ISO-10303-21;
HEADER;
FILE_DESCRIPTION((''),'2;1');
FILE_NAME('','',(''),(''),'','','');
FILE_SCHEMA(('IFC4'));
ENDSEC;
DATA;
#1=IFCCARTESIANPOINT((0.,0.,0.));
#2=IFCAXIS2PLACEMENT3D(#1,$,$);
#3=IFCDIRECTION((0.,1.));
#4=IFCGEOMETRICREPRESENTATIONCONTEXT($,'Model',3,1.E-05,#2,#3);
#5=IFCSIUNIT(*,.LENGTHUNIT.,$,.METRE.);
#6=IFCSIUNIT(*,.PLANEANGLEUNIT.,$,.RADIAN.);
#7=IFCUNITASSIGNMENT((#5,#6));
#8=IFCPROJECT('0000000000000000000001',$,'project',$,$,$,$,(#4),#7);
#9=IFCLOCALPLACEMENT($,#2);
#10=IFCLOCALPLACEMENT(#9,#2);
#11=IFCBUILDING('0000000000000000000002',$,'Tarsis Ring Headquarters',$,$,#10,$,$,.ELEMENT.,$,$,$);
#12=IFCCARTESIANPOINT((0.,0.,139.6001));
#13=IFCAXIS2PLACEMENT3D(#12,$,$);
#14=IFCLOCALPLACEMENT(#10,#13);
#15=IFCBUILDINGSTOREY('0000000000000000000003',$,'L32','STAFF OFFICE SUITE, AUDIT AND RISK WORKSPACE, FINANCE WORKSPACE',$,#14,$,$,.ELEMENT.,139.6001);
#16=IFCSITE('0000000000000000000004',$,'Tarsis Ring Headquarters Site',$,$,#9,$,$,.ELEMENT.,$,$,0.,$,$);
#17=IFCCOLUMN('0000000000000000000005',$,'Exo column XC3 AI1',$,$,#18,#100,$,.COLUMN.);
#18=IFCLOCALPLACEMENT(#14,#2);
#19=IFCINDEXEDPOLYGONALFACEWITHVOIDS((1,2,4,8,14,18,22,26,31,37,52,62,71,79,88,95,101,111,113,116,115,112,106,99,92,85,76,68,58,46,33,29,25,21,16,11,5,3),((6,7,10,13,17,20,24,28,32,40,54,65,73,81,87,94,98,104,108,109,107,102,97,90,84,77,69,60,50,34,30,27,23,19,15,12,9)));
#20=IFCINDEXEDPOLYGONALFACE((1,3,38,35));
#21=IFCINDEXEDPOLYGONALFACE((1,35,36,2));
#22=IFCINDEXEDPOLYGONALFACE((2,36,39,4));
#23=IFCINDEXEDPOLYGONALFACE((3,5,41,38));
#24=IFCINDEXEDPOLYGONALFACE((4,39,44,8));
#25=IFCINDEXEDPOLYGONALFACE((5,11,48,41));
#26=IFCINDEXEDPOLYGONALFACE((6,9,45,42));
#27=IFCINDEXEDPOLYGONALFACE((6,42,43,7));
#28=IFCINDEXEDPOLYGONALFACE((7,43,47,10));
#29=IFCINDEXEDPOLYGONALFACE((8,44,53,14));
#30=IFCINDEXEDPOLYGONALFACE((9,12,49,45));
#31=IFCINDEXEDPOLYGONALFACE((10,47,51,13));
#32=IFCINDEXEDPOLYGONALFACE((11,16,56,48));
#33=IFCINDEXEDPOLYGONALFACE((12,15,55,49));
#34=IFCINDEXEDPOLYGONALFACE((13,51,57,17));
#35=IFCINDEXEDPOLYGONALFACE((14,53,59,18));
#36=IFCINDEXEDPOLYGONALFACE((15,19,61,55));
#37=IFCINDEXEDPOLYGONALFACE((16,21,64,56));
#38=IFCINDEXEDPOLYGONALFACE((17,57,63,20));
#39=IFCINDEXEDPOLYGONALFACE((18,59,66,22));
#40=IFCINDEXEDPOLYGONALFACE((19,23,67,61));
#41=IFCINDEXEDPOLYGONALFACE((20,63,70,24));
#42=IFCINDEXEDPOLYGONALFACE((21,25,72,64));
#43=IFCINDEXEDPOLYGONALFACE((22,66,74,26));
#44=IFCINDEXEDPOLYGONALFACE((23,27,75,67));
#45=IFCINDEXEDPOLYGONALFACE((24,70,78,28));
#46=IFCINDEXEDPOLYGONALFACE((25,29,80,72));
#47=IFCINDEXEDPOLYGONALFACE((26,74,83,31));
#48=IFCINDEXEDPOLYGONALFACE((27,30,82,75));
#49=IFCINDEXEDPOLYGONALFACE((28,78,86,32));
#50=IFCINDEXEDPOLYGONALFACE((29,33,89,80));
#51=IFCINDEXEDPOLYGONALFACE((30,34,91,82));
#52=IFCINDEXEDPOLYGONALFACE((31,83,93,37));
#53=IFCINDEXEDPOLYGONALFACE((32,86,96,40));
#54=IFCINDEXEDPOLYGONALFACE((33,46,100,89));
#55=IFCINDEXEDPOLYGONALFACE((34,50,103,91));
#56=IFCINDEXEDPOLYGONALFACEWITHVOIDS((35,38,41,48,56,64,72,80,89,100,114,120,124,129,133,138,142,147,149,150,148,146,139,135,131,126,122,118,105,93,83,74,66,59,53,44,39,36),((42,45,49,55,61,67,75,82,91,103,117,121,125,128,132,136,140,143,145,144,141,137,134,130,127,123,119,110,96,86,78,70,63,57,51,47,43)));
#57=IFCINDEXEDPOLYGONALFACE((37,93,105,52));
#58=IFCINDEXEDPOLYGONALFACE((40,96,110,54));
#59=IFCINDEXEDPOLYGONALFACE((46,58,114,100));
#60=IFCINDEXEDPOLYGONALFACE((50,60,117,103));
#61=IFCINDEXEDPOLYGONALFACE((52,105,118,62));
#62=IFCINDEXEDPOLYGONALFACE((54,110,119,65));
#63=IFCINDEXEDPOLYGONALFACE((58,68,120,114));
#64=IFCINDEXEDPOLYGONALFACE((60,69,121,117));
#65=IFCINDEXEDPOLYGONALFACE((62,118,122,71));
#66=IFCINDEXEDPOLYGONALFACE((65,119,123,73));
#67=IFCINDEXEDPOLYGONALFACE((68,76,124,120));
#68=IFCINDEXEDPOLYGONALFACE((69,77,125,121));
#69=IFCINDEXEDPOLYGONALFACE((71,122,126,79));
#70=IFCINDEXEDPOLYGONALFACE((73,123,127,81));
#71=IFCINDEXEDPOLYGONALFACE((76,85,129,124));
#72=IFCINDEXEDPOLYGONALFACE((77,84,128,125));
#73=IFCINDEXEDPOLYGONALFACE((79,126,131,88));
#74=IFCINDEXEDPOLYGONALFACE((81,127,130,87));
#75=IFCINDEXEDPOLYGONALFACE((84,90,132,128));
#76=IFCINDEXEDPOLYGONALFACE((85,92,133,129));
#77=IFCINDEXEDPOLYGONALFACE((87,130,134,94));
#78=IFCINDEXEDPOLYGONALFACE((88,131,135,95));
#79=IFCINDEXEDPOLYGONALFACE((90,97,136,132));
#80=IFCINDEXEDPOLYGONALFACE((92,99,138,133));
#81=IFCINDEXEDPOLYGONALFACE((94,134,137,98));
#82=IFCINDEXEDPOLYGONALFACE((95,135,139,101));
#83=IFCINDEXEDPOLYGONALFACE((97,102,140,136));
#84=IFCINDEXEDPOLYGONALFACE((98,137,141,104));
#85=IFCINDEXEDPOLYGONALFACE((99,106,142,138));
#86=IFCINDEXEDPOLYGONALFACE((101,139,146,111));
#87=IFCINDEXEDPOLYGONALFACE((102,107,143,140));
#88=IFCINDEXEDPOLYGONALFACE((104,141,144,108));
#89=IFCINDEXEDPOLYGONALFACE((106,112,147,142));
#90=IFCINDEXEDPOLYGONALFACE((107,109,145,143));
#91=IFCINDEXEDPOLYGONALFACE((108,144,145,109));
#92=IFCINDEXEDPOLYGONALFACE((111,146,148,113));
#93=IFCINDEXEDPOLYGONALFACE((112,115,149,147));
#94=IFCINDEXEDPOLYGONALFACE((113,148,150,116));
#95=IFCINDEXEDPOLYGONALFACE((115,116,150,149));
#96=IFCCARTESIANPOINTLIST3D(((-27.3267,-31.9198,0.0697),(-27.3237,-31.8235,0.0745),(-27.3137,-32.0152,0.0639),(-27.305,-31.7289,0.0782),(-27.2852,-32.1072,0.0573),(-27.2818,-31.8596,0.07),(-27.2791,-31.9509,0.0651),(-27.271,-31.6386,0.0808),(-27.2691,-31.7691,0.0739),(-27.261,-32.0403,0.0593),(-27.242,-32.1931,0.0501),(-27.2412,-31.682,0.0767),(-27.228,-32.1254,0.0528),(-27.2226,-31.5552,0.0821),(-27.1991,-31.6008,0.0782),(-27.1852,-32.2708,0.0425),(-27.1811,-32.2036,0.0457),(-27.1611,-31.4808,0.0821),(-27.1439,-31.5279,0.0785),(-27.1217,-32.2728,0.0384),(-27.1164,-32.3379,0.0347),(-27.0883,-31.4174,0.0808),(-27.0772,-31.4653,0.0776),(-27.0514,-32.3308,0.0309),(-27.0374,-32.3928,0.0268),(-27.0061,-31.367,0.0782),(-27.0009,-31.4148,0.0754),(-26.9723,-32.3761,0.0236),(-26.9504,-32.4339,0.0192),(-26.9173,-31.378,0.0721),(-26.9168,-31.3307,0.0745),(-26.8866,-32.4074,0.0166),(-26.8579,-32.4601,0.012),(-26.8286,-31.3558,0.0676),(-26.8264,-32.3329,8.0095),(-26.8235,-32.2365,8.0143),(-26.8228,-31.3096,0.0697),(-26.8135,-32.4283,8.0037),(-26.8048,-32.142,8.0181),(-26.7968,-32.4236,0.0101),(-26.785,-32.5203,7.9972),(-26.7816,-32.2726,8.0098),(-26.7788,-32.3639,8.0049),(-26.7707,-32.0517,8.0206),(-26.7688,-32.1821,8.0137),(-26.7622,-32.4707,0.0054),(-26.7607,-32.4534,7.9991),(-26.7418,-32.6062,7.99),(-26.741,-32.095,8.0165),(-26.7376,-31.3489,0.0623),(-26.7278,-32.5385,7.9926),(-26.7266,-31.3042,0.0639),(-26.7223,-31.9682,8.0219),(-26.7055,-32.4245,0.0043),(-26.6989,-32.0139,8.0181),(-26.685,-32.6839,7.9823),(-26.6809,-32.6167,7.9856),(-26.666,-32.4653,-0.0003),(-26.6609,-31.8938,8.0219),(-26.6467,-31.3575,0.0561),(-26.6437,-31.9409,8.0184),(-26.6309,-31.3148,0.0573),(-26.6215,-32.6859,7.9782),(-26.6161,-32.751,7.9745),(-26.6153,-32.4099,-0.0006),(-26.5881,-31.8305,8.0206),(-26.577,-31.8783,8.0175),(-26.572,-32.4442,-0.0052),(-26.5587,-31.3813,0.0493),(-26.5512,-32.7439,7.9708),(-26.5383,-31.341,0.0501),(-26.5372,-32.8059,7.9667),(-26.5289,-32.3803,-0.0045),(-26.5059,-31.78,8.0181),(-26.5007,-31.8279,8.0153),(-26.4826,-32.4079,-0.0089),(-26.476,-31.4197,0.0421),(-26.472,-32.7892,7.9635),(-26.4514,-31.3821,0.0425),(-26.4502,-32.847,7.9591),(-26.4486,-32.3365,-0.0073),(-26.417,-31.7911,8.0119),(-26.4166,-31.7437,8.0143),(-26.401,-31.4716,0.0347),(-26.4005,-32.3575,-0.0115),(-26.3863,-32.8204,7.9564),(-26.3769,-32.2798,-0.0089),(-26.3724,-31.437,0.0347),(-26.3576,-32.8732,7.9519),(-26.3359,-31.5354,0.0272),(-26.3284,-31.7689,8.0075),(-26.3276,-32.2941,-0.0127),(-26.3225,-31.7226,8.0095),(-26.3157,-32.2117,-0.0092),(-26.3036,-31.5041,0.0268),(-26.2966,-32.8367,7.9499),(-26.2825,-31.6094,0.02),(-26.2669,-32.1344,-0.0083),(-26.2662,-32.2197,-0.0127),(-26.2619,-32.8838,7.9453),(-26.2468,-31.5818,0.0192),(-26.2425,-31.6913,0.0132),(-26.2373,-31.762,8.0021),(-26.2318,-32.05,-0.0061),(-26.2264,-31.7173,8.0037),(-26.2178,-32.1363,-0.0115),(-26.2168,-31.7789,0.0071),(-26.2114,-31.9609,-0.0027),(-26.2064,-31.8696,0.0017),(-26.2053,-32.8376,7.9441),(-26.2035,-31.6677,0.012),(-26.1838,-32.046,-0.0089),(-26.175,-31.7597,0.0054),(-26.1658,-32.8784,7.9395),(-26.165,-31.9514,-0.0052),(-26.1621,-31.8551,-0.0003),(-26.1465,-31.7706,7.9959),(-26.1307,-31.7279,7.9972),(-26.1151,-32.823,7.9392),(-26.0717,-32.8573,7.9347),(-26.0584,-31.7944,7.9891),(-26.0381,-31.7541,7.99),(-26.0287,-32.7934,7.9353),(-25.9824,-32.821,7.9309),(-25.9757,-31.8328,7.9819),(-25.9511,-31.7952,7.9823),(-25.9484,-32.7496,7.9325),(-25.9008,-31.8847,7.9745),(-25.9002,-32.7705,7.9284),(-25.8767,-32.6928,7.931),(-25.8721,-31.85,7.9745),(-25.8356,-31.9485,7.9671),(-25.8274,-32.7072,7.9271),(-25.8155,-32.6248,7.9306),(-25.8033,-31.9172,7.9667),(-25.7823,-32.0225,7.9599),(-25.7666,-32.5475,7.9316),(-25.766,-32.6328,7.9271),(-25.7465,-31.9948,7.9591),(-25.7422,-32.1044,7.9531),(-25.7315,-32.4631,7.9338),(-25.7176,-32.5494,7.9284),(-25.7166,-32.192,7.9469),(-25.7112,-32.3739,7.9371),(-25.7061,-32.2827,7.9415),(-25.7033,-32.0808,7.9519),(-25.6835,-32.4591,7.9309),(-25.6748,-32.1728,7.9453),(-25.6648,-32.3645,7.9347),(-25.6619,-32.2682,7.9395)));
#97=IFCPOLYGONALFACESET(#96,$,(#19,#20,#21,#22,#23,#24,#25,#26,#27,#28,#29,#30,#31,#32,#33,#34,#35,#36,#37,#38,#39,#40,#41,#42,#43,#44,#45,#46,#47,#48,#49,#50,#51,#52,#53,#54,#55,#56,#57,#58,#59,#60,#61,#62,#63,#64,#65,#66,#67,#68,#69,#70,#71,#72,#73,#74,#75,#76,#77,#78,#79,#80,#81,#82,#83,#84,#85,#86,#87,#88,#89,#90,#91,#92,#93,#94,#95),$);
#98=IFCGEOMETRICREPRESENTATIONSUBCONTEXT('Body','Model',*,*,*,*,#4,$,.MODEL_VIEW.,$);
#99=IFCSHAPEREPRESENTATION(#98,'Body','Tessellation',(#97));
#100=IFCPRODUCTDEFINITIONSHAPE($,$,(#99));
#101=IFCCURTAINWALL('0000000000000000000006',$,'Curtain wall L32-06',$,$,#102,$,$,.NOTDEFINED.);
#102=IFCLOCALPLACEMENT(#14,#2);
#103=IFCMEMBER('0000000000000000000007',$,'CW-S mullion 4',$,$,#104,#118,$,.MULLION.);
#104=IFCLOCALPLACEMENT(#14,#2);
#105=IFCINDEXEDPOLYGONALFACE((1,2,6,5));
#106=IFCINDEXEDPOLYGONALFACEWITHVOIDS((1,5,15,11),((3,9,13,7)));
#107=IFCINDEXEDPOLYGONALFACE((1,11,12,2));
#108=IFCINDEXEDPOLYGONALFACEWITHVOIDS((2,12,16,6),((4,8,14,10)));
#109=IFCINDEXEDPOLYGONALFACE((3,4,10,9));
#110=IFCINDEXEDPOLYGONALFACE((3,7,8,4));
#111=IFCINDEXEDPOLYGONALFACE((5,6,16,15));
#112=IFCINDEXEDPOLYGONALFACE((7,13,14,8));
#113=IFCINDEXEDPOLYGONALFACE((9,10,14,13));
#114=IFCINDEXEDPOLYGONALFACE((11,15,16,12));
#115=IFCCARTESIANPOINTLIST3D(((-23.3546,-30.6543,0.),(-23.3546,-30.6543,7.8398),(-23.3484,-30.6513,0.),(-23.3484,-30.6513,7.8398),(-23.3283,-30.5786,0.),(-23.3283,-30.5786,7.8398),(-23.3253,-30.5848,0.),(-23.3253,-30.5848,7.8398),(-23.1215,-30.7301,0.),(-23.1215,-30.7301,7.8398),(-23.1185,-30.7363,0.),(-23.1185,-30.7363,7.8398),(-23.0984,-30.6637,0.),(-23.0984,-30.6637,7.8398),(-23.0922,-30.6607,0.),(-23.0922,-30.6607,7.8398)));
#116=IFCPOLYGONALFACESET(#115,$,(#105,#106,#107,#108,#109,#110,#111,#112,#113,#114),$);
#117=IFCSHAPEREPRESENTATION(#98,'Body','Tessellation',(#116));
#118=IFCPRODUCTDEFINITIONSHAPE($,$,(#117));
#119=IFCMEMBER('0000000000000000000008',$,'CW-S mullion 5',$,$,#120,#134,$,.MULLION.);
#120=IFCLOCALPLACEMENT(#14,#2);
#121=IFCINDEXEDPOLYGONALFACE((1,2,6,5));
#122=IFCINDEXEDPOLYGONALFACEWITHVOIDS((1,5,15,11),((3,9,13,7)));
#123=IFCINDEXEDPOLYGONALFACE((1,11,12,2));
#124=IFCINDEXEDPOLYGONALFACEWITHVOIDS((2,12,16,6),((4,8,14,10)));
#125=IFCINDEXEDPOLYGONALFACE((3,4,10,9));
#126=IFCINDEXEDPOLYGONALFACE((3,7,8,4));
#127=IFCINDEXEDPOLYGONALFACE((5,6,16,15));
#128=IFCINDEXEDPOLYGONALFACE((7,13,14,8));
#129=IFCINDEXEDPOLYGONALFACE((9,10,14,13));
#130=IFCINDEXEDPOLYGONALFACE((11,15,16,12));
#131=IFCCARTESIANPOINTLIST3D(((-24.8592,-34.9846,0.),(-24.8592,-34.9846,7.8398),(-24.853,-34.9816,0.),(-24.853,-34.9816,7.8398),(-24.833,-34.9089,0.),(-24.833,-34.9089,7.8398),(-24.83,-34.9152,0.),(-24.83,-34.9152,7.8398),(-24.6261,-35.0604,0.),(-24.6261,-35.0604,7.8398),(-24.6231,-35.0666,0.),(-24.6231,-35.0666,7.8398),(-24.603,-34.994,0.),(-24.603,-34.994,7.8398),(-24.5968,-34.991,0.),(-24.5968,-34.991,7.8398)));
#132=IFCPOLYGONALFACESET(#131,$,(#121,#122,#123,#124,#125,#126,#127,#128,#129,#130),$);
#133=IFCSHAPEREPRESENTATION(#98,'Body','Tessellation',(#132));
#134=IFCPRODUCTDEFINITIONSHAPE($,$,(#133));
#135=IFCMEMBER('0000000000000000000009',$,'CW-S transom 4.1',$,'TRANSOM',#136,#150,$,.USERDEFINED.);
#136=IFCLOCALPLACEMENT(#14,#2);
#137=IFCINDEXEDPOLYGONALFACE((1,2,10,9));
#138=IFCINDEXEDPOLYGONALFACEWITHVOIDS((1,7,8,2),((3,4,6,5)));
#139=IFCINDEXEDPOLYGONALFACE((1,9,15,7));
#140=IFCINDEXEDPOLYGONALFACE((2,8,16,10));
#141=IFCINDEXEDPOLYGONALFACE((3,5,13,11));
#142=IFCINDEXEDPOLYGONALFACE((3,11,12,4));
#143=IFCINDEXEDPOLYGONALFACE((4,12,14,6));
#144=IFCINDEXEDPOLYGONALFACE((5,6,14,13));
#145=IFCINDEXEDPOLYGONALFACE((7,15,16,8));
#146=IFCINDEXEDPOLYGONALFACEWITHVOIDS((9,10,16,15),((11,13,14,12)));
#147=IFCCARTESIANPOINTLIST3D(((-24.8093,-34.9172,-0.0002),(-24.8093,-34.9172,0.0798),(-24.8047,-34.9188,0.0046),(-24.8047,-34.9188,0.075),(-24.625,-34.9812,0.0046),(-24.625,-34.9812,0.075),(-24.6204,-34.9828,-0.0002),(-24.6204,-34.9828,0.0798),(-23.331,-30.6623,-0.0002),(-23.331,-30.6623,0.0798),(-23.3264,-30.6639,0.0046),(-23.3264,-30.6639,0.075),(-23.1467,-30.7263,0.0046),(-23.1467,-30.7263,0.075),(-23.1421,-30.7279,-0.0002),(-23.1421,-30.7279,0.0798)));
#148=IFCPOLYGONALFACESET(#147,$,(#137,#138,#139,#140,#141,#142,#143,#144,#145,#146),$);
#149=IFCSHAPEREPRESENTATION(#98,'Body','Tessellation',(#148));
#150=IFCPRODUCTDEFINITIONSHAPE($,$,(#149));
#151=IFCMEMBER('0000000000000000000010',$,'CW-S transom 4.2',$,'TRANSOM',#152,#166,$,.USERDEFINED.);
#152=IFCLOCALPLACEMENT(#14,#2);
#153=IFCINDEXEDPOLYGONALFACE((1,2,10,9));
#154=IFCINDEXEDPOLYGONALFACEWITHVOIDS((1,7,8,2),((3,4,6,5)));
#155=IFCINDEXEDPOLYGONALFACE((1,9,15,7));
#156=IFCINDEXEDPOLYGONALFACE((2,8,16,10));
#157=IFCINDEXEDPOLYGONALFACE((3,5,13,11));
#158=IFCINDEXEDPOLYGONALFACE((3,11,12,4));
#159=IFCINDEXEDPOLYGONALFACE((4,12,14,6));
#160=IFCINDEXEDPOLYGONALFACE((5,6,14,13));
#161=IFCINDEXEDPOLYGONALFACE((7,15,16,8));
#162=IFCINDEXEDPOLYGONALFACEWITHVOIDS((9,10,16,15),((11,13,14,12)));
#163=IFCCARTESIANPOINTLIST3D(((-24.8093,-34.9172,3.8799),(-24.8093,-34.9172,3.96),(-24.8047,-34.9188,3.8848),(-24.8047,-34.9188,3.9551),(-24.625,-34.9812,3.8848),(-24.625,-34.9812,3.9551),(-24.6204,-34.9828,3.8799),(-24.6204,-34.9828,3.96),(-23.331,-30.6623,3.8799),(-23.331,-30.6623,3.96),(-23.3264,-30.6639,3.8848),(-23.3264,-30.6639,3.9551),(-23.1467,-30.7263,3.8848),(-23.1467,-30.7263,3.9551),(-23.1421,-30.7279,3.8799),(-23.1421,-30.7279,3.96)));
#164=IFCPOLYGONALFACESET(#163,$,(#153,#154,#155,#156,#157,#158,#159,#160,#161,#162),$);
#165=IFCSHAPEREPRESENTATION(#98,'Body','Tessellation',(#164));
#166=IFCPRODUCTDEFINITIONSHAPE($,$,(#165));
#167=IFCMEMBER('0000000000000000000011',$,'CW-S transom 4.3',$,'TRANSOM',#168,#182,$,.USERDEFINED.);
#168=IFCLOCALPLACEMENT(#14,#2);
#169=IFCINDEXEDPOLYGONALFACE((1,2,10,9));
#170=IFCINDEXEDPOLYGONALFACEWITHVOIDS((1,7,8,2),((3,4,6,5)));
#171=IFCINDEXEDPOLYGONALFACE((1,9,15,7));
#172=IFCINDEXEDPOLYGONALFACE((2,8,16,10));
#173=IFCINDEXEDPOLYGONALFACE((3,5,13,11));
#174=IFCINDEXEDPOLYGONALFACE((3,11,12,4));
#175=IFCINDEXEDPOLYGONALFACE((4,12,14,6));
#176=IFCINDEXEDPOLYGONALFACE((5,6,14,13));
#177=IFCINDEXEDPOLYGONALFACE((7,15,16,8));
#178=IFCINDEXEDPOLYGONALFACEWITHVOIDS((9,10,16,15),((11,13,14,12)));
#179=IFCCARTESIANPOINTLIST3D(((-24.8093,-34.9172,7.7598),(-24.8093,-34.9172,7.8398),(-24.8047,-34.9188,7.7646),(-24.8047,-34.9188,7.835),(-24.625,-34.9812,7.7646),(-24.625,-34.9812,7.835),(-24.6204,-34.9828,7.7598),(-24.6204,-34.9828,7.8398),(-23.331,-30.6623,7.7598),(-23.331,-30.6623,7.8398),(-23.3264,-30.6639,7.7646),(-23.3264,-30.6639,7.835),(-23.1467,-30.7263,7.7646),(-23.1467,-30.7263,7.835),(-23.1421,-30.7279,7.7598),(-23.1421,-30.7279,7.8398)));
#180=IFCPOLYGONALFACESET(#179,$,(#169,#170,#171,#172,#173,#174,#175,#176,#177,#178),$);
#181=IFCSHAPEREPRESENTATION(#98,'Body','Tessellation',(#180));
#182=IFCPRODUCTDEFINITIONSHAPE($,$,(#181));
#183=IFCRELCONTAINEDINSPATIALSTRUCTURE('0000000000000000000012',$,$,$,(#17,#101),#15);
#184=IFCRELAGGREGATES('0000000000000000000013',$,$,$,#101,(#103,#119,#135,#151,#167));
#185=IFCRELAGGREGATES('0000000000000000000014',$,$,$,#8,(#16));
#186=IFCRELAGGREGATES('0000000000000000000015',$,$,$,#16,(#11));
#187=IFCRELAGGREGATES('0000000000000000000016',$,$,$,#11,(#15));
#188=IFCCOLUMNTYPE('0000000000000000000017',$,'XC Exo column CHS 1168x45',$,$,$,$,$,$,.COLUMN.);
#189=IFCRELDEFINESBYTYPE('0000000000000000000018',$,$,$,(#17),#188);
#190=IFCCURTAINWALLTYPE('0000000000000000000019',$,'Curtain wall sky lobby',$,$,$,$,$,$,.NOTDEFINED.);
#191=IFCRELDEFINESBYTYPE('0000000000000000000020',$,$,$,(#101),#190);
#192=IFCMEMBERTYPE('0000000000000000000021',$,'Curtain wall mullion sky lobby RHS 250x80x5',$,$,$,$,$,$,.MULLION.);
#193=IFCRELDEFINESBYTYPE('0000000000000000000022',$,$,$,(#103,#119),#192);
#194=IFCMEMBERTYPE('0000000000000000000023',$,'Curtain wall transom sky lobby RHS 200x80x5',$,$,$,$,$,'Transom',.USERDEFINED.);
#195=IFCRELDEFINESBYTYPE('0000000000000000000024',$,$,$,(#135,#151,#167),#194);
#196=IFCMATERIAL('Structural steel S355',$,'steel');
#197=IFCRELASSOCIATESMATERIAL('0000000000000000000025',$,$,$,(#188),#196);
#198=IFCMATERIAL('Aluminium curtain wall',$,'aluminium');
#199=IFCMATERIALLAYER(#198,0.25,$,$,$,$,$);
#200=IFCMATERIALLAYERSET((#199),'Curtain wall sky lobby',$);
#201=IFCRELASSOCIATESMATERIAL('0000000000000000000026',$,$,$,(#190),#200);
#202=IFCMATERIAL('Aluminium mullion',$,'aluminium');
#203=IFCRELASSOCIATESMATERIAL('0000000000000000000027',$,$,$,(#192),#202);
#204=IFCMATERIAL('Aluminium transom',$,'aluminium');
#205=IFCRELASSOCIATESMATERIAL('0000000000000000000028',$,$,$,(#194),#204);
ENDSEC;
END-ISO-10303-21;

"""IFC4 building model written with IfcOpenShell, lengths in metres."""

from ifc_helpers import new_model, si_unit, direction, frame, origin, origin_2d, place, context, subcontext, project, spatial, hollow_rectangle, hollow_circle, extrude, material, layer, layer_set, material_profile, profile_set, type_object, element, aggregate, save


model = new_model("IFC4")

# Units and contexts
model_context = context("Model", 3, precision=1e-05, world=origin(), true_north=direction((0.0, 1.0)))
body_context = subcontext(model_context, "Body", "Model", "MODEL_VIEW")
ifc_project = project(units=[si_unit("LENGTHUNIT", "METRE"), si_unit("PLANEANGLEUNIT", "RADIAN")], contexts=[model_context])

# Site, building, storey
site_placement = place(None, origin())
site = spatial("IfcSite", under=ifc_project, at=site_placement, Name="Tarsis Ring Headquarters Site", CompositionType="ELEMENT", RefElevation=0.0)
building_placement = place(site_placement, origin())
building = spatial("IfcBuilding", under=site, at=building_placement, Name="Tarsis Ring Headquarters", CompositionType="ELEMENT")
storey_placement = place(building_placement, frame((0.0, 0.0, 139.6001)))
storey = spatial("IfcBuildingStorey", under=building, at=storey_placement, Name="L32", Description="STAFF OFFICE SUITE, AUDIT AND RISK WORKSPACE, FINANCE WORKSPACE", CompositionType="ELEMENT", Elevation=139.6001)

# Column
ifc_material_1 = material(Name="Structural steel S355", Category="steel")
ifc_material_profile_1 = material_profile(ifc_material_1, hollow_circle(Radius=0.5842, WallThickness=0.0449, at=origin_2d()), Name="CHS 1168x45")
ifc_profile_set_1 = profile_set([ifc_material_profile_1], Name="Structural steel S355")
column_type = type_object("IfcColumnType", Name="XC Exo column CHS 1168x45", PredefinedType="COLUMN", material=ifc_profile_set_1)
column_placement = place(storey_placement, frame((-26.7444, -31.8875, 0.0347), z_axis=(0.062794, -0.051854, 0.996679), x_axis=(0.636736, 0.771082, 0.0)))
element("IfcColumn", 1, at=column_placement, inside=storey, type_object=column_type, Name="Exo column XC3 AI1", PredefinedType="COLUMN", context=body_context, shape_type="SweptSolid", body=[
    extrude(hollow_circle(Radius=0.5842, WallThickness=0.0449, at=origin_2d()), origin(), (0.0, 0.0, 1.0), 7.9663),
])

# Curtain wall, members
ifc_material_2 = material(Name="Aluminium curtain wall", Category="aluminium")
ifc_layer_1 = layer(ifc_material_2, 0.25)
ifc_layer_set_1 = layer_set([ifc_layer_1], Name="Curtain wall sky lobby")
curtain_wall_type = type_object("IfcCurtainWallType", Name="Curtain wall sky lobby", PredefinedType="NOTDEFINED", material=ifc_layer_set_1)
curtain_wall_placement = place(storey_placement, origin())
curtain_wall = element("IfcCurtainWall", 2, at=curtain_wall_placement, inside=storey, type_object=curtain_wall_type, Name="Curtain wall L32-06", PredefinedType="NOTDEFINED")
ifc_material_3 = material(Name="Aluminium mullion", Category="aluminium")
ifc_material_profile_2 = material_profile(ifc_material_3, hollow_rectangle(XDim=0.25, YDim=0.0801, WallThickness=0.0049, at=origin_2d()), Name="RHS 250x80x5")
ifc_profile_set_2 = profile_set([ifc_material_profile_2], Name="Aluminium mullion")
member_type_1 = type_object("IfcMemberType", Name="Curtain wall mullion sky lobby RHS 250x80x5", PredefinedType="MULLION", material=ifc_profile_set_2)
member_1_placement = place(storey_placement, frame((-23.2234, -30.6575, 0.0), z_axis=(0.0, 0.0, 1.0), x_axis=(0.944606, -0.328207, 0.0)))
member_1 = element("IfcMember", 3, at=member_1_placement, type_object=member_type_1, Name="CW-S mullion 4", PredefinedType="MULLION", context=body_context, shape_type="SweptSolid", body=[
    extrude(hollow_rectangle(XDim=0.25, YDim=0.0801, WallThickness=0.0049, at=origin_2d()), origin(), (0.0, 0.0, 1.0), 7.8398),
])
member_2_placement = place(storey_placement, frame((-24.728, -34.9878, 0.0), z_axis=(0.0, 0.0, 1.0), x_axis=(0.944606, -0.328207, 0.0)))
member_2 = element("IfcMember", 4, at=member_2_placement, type_object=member_type_1, Name="CW-S mullion 5", PredefinedType="MULLION", context=body_context, shape_type="SweptSolid", body=[
    extrude(hollow_rectangle(XDim=0.25, YDim=0.0801, WallThickness=0.0049, at=origin_2d()), origin(), (0.0, 0.0, 1.0), 7.8398),
])
ifc_material_4 = material(Name="Aluminium transom", Category="aluminium")
ifc_material_profile_3 = material_profile(ifc_material_4, hollow_rectangle(XDim=0.2, YDim=0.0801, WallThickness=0.0049, at=origin_2d()), Name="RHS 200x80x5")
ifc_profile_set_3 = profile_set([ifc_material_profile_3], Name="Aluminium transom")
member_type_2 = type_object("IfcMemberType", Name="Curtain wall transom sky lobby RHS 200x80x5", ElementType="Transom", PredefinedType="USERDEFINED", material=ifc_profile_set_3)
member_3_placement = place(storey_placement, frame((-23.2366, -30.6951, 0.0398), z_axis=(-0.328186, -0.944613, 0.0), x_axis=(0.944613, -0.328186, 0.0)))
member_3 = element("IfcMember", 5, at=member_3_placement, type_object=member_type_2, Name="CW-S transom 4.1", ObjectType="TRANSOM", PredefinedType="USERDEFINED", context=body_context, shape_type="SweptSolid", body=[
    extrude(hollow_rectangle(XDim=0.2, YDim=0.0801, WallThickness=0.0049, at=origin_2d()), origin(), (0.0, 0.0, 1.0), 4.5044),
])
member_4_placement = place(storey_placement, frame((-23.2366, -30.6951, 3.9199), z_axis=(-0.328186, -0.944613, 0.0), x_axis=(0.944613, -0.328186, 0.0)))
member_4 = element("IfcMember", 6, at=member_4_placement, type_object=member_type_2, Name="CW-S transom 4.2", ObjectType="TRANSOM", PredefinedType="USERDEFINED", context=body_context, shape_type="SweptSolid", body=[
    extrude(hollow_rectangle(XDim=0.2, YDim=0.0801, WallThickness=0.0049, at=origin_2d()), origin(), (0.0, 0.0, 1.0), 4.5044),
])
member_5_placement = place(storey_placement, frame((-23.2366, -30.6951, 7.7998), z_axis=(-0.328186, -0.944613, 0.0), x_axis=(0.944613, -0.328186, 0.0)))
member_5 = element("IfcMember", 7, at=member_5_placement, type_object=member_type_2, Name="CW-S transom 4.3", ObjectType="TRANSOM", PredefinedType="USERDEFINED", context=body_context, shape_type="SweptSolid", body=[
    extrude(hollow_rectangle(XDim=0.2, YDim=0.0801, WallThickness=0.0049, at=origin_2d()), origin(), (0.0, 0.0, 1.0), 4.5044),
])

aggregate(curtain_wall, [member_1, member_2, member_3, member_4, member_5])

save(model, "model.ifc")
